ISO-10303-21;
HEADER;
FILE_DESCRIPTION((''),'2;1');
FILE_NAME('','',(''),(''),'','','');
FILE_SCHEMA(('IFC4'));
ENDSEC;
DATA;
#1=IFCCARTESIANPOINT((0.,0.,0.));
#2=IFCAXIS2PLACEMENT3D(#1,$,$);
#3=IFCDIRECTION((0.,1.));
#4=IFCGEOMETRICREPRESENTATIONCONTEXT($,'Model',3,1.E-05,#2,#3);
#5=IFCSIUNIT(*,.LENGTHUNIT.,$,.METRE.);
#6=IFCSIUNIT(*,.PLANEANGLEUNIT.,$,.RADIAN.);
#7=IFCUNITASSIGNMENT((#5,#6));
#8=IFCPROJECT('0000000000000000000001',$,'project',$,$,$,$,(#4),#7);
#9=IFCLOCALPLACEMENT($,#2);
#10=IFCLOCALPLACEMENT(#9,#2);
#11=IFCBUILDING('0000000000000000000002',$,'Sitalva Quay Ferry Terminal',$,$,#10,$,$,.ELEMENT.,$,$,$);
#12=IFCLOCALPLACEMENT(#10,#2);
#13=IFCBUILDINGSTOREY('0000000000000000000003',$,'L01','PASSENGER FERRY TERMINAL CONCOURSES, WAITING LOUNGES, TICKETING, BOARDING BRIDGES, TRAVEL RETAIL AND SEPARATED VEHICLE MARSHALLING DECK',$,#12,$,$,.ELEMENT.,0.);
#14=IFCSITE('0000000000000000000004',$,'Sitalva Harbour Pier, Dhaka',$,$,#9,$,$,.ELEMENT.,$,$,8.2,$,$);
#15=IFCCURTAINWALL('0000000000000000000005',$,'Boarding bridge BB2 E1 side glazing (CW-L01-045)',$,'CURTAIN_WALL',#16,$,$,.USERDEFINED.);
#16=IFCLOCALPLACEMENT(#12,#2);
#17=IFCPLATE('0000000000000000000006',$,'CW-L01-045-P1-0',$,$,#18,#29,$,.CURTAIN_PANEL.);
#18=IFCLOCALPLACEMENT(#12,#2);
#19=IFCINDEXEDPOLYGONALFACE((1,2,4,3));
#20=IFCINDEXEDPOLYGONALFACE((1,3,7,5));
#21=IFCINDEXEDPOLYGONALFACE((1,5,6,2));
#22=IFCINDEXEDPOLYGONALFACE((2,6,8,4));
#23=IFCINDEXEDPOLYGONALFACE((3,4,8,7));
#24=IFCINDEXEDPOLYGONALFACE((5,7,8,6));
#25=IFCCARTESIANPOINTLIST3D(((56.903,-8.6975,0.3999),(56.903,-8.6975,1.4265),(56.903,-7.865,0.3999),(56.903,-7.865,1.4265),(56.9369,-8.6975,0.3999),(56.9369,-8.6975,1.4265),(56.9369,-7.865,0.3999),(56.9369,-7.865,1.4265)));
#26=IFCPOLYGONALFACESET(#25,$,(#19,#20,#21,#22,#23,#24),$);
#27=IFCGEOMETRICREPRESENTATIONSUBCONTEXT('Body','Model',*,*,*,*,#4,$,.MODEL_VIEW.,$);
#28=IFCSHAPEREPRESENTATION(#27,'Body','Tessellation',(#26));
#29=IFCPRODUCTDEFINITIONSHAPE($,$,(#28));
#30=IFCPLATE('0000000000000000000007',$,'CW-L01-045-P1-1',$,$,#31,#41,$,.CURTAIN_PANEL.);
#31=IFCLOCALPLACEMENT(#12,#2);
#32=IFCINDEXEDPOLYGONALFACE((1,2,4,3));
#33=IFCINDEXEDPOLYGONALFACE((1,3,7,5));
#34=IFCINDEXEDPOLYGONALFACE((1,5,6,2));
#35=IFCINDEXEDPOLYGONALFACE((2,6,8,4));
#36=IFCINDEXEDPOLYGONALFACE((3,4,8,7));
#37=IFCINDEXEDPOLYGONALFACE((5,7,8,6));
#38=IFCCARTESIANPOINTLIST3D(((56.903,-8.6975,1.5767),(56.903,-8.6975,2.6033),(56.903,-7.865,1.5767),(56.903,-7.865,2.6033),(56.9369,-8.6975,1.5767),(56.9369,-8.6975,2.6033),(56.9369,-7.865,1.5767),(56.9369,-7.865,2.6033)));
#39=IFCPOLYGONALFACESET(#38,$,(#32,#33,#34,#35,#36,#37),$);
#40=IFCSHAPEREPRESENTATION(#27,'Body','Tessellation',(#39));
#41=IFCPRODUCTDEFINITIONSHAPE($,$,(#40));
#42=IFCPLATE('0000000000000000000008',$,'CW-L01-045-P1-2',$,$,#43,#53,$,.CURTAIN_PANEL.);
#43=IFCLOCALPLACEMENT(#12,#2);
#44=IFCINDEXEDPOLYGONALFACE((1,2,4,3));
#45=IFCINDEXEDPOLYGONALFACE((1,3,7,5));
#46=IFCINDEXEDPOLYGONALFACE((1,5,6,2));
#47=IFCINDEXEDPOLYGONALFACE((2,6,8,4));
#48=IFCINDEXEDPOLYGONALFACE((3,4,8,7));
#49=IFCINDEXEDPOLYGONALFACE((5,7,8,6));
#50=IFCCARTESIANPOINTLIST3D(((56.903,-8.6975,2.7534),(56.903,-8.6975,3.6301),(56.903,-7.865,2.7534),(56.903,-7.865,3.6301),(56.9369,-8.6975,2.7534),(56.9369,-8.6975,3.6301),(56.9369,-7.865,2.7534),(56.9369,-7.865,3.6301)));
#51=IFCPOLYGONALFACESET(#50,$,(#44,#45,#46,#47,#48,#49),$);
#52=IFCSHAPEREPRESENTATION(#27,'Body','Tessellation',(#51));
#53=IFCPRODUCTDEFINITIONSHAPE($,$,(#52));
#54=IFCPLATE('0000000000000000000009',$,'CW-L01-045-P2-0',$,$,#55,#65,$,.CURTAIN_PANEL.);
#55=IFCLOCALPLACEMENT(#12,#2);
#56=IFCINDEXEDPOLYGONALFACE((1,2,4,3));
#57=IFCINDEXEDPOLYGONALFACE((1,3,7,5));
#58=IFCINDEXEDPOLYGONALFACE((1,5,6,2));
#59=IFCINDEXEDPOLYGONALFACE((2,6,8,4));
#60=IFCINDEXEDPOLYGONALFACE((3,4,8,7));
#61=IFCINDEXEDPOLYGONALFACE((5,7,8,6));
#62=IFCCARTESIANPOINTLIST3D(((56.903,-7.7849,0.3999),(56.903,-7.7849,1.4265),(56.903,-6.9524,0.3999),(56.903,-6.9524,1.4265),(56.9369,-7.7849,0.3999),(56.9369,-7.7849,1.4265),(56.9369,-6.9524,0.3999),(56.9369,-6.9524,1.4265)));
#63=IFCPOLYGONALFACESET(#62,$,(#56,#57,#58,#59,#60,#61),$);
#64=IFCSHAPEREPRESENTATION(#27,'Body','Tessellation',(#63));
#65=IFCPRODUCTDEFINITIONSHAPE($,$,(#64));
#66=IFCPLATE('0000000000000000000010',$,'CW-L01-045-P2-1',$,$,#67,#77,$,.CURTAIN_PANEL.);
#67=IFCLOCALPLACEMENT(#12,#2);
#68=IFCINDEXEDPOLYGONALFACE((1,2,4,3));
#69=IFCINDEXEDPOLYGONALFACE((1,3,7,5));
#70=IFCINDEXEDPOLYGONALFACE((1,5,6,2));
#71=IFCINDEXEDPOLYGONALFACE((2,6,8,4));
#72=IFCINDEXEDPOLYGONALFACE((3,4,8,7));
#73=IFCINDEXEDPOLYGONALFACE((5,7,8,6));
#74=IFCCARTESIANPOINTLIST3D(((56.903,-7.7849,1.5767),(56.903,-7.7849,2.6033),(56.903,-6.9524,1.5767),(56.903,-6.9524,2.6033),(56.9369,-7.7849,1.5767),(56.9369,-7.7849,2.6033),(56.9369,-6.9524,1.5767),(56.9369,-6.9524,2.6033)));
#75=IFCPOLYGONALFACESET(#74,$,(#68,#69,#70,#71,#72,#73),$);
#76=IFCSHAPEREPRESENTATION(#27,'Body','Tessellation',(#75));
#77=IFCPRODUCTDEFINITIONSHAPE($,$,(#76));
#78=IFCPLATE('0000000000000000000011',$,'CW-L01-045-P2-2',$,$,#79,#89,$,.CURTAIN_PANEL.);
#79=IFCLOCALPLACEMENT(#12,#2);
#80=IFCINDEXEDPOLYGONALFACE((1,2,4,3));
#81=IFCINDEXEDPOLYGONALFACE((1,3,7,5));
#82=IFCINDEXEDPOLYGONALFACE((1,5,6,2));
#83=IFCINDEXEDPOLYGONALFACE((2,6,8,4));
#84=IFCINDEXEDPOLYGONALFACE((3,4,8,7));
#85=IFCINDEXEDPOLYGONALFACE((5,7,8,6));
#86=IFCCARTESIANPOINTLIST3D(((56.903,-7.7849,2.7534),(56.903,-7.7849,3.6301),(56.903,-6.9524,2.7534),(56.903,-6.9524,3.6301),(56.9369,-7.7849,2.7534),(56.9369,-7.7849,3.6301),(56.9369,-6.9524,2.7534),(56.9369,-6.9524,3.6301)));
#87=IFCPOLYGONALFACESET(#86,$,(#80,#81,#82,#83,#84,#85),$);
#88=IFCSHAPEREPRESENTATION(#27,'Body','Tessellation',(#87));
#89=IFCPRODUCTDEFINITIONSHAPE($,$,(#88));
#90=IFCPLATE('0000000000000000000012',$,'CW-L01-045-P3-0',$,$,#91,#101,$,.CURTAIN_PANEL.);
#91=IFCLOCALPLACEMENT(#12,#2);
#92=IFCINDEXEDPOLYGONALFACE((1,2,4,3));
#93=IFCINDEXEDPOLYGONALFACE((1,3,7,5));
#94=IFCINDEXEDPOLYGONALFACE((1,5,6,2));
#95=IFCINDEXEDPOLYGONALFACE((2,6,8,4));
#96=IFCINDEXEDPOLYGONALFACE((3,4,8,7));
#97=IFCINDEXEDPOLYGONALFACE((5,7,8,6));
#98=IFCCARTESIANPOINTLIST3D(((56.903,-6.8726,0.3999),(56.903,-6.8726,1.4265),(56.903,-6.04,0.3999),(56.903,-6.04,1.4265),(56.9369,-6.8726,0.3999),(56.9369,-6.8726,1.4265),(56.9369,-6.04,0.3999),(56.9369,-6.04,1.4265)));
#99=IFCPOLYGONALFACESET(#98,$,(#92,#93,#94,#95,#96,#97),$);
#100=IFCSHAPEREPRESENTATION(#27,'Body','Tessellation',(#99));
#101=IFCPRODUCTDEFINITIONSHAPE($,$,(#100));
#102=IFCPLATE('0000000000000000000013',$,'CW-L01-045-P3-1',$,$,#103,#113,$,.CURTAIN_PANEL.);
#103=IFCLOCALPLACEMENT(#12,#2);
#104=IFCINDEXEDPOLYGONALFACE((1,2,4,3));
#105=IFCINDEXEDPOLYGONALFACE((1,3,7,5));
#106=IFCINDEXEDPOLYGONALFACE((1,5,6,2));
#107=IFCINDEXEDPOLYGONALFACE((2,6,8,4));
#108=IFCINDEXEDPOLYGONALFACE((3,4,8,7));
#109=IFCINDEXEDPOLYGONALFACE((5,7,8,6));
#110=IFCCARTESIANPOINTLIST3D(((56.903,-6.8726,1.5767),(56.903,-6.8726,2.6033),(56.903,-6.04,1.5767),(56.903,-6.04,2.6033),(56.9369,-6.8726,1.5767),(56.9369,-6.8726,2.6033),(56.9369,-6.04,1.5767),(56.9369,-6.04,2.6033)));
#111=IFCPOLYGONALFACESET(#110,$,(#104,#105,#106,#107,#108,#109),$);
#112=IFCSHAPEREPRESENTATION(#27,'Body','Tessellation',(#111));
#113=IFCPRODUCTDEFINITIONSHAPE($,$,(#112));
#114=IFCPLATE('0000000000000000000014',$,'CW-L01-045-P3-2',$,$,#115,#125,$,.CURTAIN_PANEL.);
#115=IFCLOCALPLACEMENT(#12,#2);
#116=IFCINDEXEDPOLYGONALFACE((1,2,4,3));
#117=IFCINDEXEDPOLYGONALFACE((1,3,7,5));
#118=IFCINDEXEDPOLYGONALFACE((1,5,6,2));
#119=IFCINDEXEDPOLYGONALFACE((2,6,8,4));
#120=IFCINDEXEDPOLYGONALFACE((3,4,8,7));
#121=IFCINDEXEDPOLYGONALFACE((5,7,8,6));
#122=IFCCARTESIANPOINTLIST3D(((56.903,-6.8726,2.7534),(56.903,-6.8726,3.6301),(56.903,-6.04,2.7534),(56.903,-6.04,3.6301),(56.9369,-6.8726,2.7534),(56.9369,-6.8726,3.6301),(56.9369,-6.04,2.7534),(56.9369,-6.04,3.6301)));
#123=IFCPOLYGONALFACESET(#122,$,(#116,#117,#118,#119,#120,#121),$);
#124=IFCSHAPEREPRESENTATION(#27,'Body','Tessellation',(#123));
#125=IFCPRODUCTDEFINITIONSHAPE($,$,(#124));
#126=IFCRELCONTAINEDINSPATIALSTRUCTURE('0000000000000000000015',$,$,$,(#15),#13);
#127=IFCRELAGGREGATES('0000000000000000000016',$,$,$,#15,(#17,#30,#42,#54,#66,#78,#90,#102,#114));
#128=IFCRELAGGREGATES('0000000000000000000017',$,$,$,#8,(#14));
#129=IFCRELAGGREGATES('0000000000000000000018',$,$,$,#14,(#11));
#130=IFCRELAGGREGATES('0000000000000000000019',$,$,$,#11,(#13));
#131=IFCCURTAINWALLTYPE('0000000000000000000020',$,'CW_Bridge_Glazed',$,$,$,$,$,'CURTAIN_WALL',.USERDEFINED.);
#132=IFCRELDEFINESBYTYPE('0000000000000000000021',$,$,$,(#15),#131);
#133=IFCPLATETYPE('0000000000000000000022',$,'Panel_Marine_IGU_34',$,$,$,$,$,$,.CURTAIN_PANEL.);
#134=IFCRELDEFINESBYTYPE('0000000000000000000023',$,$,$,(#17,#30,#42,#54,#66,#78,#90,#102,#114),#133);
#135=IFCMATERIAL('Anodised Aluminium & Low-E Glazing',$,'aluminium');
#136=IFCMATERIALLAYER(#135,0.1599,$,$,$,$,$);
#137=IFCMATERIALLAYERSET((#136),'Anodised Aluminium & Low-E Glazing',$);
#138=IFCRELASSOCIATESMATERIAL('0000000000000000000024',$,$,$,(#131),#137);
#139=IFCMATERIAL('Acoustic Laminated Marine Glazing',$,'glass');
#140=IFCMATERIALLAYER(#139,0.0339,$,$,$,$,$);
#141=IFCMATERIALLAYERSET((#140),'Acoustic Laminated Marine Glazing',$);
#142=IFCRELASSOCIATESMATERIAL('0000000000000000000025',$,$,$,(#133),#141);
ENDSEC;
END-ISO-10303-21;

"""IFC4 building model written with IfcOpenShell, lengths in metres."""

from ifc_helpers import new_model, si_unit, direction, frame, origin, origin_2d, place, context, subcontext, project, spatial, rectangle, extrude, material, layer, layer_set, type_object, element, aggregate, save


model = new_model("IFC4")

# Units and contexts
model_context = context("Model", 3, precision=1e-05, world=origin(), true_north=direction((0.0, 1.0)))
body_context = subcontext(model_context, "Body", "Model", "MODEL_VIEW")
ifc_project = project(units=[si_unit("LENGTHUNIT", "METRE"), si_unit("PLANEANGLEUNIT", "RADIAN")], contexts=[model_context])

# Site, building, storey
site_placement = place(None, origin())
site = spatial("IfcSite", under=ifc_project, at=site_placement, Name="Sitalva Harbour Pier, Dhaka", CompositionType="ELEMENT", RefElevation=8.2)
building_placement = place(site_placement, origin())
building = spatial("IfcBuilding", under=site, at=building_placement, Name="Sitalva Quay Ferry Terminal", CompositionType="ELEMENT")
storey_placement = place(building_placement, origin())
storey = spatial("IfcBuildingStorey", under=building, at=storey_placement, Name="L01", Description="PASSENGER FERRY TERMINAL CONCOURSES, WAITING LOUNGES, TICKETING, BOARDING BRIDGES, TRAVEL RETAIL AND SEPARATED VEHICLE MARSHALLING DECK", CompositionType="ELEMENT", Elevation=0.0)

# Curtain wall
ifc_material_1 = material(Name="Anodised Aluminium & Low-E Glazing", Category="aluminium")
ifc_layer_1 = layer(ifc_material_1, 0.1599)
ifc_layer_set_1 = layer_set([ifc_layer_1], Name="Anodised Aluminium & Low-E Glazing")
curtain_wall_type = type_object("IfcCurtainWallType", Name="CW_Bridge_Glazed", ElementType="CURTAIN_WALL", PredefinedType="USERDEFINED", material=ifc_layer_set_1)
curtain_wall_1_placement = place(storey_placement, origin())
curtain_wall_1 = element("IfcCurtainWall", 1, at=curtain_wall_1_placement, inside=storey, type_object=curtain_wall_type, Name="Boarding bridge BB2 E1 side glazing (CW-L01-045)", ObjectType="CURTAIN_WALL", PredefinedType="USERDEFINED")

# Plates
ifc_material_2 = material(Name="Acoustic Laminated Marine Glazing", Category="glass")
ifc_layer_2 = layer(ifc_material_2, 0.0339)
ifc_layer_set_2 = layer_set([ifc_layer_2], Name="Acoustic Laminated Marine Glazing")
plate_type = type_object("IfcPlateType", Name="Panel_Marine_IGU_34", PredefinedType="CURTAIN_PANEL", material=ifc_layer_set_2)
plate_1_placement = place(storey_placement, frame((56.9199, -8.2812, 0.3999), z_axis=(0.0, 0.0, 1.0), x_axis=(0.0, 1.0, 0.0)))
plate_1 = element("IfcPlate", 2, at=plate_1_placement, type_object=plate_type, Name="CW-L01-045-P1-0", PredefinedType="CURTAIN_PANEL", context=body_context, shape_type="SweptSolid", body=[
    extrude(rectangle(XDim=0.8325, YDim=0.0339, at=origin_2d()), origin(), (0.0, 0.0, 1.0), 1.0266),
])
plate_2_placement = place(storey_placement, frame((56.9199, -8.2812, 1.5767), z_axis=(0.0, 0.0, 1.0), x_axis=(0.0, 1.0, 0.0)))
plate_2 = element("IfcPlate", 3, at=plate_2_placement, type_object=plate_type, Name="CW-L01-045-P1-1", PredefinedType="CURTAIN_PANEL", context=body_context, shape_type="SweptSolid", body=[
    extrude(rectangle(XDim=0.8325, YDim=0.0339, at=origin_2d()), origin(), (0.0, 0.0, 1.0), 1.0266),
])
plate_3_placement = place(storey_placement, frame((56.9199, -8.2812, 2.7534), z_axis=(0.0, 0.0, 1.0), x_axis=(0.0, 1.0, 0.0)))
plate_3 = element("IfcPlate", 4, at=plate_3_placement, type_object=plate_type, Name="CW-L01-045-P1-2", PredefinedType="CURTAIN_PANEL", context=body_context, shape_type="SweptSolid", body=[
    extrude(rectangle(XDim=0.8325, YDim=0.0339, at=origin_2d()), origin(), (0.0, 0.0, 1.0), 0.8767),
])
plate_4_placement = place(storey_placement, frame((56.9199, -7.3687, 0.3999), z_axis=(0.0, 0.0, 1.0), x_axis=(0.0, 1.0, 0.0)))
plate_4 = element("IfcPlate", 5, at=plate_4_placement, type_object=plate_type, Name="CW-L01-045-P2-0", PredefinedType="CURTAIN_PANEL", context=body_context, shape_type="SweptSolid", body=[
    extrude(rectangle(XDim=0.8325, YDim=0.0339, at=origin_2d()), origin(), (0.0, 0.0, 1.0), 1.0266),
])
plate_5_placement = place(storey_placement, frame((56.9199, -7.3687, 1.5767), z_axis=(0.0, 0.0, 1.0), x_axis=(0.0, 1.0, 0.0)))
plate_5 = element("IfcPlate", 6, at=plate_5_placement, type_object=plate_type, Name="CW-L01-045-P2-1", PredefinedType="CURTAIN_PANEL", context=body_context, shape_type="SweptSolid", body=[
    extrude(rectangle(XDim=0.8325, YDim=0.0339, at=origin_2d()), origin(), (0.0, 0.0, 1.0), 1.0266),
])
plate_6_placement = place(storey_placement, frame((56.9199, -7.3687, 2.7534), z_axis=(0.0, 0.0, 1.0), x_axis=(0.0, 1.0, 0.0)))
plate_6 = element("IfcPlate", 7, at=plate_6_placement, type_object=plate_type, Name="CW-L01-045-P2-2", PredefinedType="CURTAIN_PANEL", context=body_context, shape_type="SweptSolid", body=[
    extrude(rectangle(XDim=0.8325, YDim=0.0339, at=origin_2d()), origin(), (0.0, 0.0, 1.0), 0.8767),
])
plate_7_placement = place(storey_placement, frame((56.9199, -6.4563, 0.3999), z_axis=(0.0, 0.0, 1.0), x_axis=(0.0, 1.0, 0.0)))
plate_7 = element("IfcPlate", 8, at=plate_7_placement, type_object=plate_type, Name="CW-L01-045-P3-0", PredefinedType="CURTAIN_PANEL", context=body_context, shape_type="SweptSolid", body=[
    extrude(rectangle(XDim=0.8325, YDim=0.0339, at=origin_2d()), origin(), (0.0, 0.0, 1.0), 1.0266),
])
plate_8_placement = place(storey_placement, frame((56.9199, -6.4563, 1.5767), z_axis=(0.0, 0.0, 1.0), x_axis=(0.0, 1.0, 0.0)))
plate_8 = element("IfcPlate", 9, at=plate_8_placement, type_object=plate_type, Name="CW-L01-045-P3-1", PredefinedType="CURTAIN_PANEL", context=body_context, shape_type="SweptSolid", body=[
    extrude(rectangle(XDim=0.8325, YDim=0.0339, at=origin_2d()), origin(), (0.0, 0.0, 1.0), 1.0266),
])
plate_9_placement = place(storey_placement, frame((56.9199, -6.4563, 2.7534), z_axis=(0.0, 0.0, 1.0), x_axis=(0.0, 1.0, 0.0)))
plate_9 = element("IfcPlate", 10, at=plate_9_placement, type_object=plate_type, Name="CW-L01-045-P3-2", PredefinedType="CURTAIN_PANEL", context=body_context, shape_type="SweptSolid", body=[
    extrude(rectangle(XDim=0.8325, YDim=0.0339, at=origin_2d()), origin(), (0.0, 0.0, 1.0), 0.8767),
])
aggregate(curtain_wall_1, [plate_1, plate_2, plate_3, plate_4, plate_5, plate_6, plate_7, plate_8, plate_9])

save(model, "model.ifc")
